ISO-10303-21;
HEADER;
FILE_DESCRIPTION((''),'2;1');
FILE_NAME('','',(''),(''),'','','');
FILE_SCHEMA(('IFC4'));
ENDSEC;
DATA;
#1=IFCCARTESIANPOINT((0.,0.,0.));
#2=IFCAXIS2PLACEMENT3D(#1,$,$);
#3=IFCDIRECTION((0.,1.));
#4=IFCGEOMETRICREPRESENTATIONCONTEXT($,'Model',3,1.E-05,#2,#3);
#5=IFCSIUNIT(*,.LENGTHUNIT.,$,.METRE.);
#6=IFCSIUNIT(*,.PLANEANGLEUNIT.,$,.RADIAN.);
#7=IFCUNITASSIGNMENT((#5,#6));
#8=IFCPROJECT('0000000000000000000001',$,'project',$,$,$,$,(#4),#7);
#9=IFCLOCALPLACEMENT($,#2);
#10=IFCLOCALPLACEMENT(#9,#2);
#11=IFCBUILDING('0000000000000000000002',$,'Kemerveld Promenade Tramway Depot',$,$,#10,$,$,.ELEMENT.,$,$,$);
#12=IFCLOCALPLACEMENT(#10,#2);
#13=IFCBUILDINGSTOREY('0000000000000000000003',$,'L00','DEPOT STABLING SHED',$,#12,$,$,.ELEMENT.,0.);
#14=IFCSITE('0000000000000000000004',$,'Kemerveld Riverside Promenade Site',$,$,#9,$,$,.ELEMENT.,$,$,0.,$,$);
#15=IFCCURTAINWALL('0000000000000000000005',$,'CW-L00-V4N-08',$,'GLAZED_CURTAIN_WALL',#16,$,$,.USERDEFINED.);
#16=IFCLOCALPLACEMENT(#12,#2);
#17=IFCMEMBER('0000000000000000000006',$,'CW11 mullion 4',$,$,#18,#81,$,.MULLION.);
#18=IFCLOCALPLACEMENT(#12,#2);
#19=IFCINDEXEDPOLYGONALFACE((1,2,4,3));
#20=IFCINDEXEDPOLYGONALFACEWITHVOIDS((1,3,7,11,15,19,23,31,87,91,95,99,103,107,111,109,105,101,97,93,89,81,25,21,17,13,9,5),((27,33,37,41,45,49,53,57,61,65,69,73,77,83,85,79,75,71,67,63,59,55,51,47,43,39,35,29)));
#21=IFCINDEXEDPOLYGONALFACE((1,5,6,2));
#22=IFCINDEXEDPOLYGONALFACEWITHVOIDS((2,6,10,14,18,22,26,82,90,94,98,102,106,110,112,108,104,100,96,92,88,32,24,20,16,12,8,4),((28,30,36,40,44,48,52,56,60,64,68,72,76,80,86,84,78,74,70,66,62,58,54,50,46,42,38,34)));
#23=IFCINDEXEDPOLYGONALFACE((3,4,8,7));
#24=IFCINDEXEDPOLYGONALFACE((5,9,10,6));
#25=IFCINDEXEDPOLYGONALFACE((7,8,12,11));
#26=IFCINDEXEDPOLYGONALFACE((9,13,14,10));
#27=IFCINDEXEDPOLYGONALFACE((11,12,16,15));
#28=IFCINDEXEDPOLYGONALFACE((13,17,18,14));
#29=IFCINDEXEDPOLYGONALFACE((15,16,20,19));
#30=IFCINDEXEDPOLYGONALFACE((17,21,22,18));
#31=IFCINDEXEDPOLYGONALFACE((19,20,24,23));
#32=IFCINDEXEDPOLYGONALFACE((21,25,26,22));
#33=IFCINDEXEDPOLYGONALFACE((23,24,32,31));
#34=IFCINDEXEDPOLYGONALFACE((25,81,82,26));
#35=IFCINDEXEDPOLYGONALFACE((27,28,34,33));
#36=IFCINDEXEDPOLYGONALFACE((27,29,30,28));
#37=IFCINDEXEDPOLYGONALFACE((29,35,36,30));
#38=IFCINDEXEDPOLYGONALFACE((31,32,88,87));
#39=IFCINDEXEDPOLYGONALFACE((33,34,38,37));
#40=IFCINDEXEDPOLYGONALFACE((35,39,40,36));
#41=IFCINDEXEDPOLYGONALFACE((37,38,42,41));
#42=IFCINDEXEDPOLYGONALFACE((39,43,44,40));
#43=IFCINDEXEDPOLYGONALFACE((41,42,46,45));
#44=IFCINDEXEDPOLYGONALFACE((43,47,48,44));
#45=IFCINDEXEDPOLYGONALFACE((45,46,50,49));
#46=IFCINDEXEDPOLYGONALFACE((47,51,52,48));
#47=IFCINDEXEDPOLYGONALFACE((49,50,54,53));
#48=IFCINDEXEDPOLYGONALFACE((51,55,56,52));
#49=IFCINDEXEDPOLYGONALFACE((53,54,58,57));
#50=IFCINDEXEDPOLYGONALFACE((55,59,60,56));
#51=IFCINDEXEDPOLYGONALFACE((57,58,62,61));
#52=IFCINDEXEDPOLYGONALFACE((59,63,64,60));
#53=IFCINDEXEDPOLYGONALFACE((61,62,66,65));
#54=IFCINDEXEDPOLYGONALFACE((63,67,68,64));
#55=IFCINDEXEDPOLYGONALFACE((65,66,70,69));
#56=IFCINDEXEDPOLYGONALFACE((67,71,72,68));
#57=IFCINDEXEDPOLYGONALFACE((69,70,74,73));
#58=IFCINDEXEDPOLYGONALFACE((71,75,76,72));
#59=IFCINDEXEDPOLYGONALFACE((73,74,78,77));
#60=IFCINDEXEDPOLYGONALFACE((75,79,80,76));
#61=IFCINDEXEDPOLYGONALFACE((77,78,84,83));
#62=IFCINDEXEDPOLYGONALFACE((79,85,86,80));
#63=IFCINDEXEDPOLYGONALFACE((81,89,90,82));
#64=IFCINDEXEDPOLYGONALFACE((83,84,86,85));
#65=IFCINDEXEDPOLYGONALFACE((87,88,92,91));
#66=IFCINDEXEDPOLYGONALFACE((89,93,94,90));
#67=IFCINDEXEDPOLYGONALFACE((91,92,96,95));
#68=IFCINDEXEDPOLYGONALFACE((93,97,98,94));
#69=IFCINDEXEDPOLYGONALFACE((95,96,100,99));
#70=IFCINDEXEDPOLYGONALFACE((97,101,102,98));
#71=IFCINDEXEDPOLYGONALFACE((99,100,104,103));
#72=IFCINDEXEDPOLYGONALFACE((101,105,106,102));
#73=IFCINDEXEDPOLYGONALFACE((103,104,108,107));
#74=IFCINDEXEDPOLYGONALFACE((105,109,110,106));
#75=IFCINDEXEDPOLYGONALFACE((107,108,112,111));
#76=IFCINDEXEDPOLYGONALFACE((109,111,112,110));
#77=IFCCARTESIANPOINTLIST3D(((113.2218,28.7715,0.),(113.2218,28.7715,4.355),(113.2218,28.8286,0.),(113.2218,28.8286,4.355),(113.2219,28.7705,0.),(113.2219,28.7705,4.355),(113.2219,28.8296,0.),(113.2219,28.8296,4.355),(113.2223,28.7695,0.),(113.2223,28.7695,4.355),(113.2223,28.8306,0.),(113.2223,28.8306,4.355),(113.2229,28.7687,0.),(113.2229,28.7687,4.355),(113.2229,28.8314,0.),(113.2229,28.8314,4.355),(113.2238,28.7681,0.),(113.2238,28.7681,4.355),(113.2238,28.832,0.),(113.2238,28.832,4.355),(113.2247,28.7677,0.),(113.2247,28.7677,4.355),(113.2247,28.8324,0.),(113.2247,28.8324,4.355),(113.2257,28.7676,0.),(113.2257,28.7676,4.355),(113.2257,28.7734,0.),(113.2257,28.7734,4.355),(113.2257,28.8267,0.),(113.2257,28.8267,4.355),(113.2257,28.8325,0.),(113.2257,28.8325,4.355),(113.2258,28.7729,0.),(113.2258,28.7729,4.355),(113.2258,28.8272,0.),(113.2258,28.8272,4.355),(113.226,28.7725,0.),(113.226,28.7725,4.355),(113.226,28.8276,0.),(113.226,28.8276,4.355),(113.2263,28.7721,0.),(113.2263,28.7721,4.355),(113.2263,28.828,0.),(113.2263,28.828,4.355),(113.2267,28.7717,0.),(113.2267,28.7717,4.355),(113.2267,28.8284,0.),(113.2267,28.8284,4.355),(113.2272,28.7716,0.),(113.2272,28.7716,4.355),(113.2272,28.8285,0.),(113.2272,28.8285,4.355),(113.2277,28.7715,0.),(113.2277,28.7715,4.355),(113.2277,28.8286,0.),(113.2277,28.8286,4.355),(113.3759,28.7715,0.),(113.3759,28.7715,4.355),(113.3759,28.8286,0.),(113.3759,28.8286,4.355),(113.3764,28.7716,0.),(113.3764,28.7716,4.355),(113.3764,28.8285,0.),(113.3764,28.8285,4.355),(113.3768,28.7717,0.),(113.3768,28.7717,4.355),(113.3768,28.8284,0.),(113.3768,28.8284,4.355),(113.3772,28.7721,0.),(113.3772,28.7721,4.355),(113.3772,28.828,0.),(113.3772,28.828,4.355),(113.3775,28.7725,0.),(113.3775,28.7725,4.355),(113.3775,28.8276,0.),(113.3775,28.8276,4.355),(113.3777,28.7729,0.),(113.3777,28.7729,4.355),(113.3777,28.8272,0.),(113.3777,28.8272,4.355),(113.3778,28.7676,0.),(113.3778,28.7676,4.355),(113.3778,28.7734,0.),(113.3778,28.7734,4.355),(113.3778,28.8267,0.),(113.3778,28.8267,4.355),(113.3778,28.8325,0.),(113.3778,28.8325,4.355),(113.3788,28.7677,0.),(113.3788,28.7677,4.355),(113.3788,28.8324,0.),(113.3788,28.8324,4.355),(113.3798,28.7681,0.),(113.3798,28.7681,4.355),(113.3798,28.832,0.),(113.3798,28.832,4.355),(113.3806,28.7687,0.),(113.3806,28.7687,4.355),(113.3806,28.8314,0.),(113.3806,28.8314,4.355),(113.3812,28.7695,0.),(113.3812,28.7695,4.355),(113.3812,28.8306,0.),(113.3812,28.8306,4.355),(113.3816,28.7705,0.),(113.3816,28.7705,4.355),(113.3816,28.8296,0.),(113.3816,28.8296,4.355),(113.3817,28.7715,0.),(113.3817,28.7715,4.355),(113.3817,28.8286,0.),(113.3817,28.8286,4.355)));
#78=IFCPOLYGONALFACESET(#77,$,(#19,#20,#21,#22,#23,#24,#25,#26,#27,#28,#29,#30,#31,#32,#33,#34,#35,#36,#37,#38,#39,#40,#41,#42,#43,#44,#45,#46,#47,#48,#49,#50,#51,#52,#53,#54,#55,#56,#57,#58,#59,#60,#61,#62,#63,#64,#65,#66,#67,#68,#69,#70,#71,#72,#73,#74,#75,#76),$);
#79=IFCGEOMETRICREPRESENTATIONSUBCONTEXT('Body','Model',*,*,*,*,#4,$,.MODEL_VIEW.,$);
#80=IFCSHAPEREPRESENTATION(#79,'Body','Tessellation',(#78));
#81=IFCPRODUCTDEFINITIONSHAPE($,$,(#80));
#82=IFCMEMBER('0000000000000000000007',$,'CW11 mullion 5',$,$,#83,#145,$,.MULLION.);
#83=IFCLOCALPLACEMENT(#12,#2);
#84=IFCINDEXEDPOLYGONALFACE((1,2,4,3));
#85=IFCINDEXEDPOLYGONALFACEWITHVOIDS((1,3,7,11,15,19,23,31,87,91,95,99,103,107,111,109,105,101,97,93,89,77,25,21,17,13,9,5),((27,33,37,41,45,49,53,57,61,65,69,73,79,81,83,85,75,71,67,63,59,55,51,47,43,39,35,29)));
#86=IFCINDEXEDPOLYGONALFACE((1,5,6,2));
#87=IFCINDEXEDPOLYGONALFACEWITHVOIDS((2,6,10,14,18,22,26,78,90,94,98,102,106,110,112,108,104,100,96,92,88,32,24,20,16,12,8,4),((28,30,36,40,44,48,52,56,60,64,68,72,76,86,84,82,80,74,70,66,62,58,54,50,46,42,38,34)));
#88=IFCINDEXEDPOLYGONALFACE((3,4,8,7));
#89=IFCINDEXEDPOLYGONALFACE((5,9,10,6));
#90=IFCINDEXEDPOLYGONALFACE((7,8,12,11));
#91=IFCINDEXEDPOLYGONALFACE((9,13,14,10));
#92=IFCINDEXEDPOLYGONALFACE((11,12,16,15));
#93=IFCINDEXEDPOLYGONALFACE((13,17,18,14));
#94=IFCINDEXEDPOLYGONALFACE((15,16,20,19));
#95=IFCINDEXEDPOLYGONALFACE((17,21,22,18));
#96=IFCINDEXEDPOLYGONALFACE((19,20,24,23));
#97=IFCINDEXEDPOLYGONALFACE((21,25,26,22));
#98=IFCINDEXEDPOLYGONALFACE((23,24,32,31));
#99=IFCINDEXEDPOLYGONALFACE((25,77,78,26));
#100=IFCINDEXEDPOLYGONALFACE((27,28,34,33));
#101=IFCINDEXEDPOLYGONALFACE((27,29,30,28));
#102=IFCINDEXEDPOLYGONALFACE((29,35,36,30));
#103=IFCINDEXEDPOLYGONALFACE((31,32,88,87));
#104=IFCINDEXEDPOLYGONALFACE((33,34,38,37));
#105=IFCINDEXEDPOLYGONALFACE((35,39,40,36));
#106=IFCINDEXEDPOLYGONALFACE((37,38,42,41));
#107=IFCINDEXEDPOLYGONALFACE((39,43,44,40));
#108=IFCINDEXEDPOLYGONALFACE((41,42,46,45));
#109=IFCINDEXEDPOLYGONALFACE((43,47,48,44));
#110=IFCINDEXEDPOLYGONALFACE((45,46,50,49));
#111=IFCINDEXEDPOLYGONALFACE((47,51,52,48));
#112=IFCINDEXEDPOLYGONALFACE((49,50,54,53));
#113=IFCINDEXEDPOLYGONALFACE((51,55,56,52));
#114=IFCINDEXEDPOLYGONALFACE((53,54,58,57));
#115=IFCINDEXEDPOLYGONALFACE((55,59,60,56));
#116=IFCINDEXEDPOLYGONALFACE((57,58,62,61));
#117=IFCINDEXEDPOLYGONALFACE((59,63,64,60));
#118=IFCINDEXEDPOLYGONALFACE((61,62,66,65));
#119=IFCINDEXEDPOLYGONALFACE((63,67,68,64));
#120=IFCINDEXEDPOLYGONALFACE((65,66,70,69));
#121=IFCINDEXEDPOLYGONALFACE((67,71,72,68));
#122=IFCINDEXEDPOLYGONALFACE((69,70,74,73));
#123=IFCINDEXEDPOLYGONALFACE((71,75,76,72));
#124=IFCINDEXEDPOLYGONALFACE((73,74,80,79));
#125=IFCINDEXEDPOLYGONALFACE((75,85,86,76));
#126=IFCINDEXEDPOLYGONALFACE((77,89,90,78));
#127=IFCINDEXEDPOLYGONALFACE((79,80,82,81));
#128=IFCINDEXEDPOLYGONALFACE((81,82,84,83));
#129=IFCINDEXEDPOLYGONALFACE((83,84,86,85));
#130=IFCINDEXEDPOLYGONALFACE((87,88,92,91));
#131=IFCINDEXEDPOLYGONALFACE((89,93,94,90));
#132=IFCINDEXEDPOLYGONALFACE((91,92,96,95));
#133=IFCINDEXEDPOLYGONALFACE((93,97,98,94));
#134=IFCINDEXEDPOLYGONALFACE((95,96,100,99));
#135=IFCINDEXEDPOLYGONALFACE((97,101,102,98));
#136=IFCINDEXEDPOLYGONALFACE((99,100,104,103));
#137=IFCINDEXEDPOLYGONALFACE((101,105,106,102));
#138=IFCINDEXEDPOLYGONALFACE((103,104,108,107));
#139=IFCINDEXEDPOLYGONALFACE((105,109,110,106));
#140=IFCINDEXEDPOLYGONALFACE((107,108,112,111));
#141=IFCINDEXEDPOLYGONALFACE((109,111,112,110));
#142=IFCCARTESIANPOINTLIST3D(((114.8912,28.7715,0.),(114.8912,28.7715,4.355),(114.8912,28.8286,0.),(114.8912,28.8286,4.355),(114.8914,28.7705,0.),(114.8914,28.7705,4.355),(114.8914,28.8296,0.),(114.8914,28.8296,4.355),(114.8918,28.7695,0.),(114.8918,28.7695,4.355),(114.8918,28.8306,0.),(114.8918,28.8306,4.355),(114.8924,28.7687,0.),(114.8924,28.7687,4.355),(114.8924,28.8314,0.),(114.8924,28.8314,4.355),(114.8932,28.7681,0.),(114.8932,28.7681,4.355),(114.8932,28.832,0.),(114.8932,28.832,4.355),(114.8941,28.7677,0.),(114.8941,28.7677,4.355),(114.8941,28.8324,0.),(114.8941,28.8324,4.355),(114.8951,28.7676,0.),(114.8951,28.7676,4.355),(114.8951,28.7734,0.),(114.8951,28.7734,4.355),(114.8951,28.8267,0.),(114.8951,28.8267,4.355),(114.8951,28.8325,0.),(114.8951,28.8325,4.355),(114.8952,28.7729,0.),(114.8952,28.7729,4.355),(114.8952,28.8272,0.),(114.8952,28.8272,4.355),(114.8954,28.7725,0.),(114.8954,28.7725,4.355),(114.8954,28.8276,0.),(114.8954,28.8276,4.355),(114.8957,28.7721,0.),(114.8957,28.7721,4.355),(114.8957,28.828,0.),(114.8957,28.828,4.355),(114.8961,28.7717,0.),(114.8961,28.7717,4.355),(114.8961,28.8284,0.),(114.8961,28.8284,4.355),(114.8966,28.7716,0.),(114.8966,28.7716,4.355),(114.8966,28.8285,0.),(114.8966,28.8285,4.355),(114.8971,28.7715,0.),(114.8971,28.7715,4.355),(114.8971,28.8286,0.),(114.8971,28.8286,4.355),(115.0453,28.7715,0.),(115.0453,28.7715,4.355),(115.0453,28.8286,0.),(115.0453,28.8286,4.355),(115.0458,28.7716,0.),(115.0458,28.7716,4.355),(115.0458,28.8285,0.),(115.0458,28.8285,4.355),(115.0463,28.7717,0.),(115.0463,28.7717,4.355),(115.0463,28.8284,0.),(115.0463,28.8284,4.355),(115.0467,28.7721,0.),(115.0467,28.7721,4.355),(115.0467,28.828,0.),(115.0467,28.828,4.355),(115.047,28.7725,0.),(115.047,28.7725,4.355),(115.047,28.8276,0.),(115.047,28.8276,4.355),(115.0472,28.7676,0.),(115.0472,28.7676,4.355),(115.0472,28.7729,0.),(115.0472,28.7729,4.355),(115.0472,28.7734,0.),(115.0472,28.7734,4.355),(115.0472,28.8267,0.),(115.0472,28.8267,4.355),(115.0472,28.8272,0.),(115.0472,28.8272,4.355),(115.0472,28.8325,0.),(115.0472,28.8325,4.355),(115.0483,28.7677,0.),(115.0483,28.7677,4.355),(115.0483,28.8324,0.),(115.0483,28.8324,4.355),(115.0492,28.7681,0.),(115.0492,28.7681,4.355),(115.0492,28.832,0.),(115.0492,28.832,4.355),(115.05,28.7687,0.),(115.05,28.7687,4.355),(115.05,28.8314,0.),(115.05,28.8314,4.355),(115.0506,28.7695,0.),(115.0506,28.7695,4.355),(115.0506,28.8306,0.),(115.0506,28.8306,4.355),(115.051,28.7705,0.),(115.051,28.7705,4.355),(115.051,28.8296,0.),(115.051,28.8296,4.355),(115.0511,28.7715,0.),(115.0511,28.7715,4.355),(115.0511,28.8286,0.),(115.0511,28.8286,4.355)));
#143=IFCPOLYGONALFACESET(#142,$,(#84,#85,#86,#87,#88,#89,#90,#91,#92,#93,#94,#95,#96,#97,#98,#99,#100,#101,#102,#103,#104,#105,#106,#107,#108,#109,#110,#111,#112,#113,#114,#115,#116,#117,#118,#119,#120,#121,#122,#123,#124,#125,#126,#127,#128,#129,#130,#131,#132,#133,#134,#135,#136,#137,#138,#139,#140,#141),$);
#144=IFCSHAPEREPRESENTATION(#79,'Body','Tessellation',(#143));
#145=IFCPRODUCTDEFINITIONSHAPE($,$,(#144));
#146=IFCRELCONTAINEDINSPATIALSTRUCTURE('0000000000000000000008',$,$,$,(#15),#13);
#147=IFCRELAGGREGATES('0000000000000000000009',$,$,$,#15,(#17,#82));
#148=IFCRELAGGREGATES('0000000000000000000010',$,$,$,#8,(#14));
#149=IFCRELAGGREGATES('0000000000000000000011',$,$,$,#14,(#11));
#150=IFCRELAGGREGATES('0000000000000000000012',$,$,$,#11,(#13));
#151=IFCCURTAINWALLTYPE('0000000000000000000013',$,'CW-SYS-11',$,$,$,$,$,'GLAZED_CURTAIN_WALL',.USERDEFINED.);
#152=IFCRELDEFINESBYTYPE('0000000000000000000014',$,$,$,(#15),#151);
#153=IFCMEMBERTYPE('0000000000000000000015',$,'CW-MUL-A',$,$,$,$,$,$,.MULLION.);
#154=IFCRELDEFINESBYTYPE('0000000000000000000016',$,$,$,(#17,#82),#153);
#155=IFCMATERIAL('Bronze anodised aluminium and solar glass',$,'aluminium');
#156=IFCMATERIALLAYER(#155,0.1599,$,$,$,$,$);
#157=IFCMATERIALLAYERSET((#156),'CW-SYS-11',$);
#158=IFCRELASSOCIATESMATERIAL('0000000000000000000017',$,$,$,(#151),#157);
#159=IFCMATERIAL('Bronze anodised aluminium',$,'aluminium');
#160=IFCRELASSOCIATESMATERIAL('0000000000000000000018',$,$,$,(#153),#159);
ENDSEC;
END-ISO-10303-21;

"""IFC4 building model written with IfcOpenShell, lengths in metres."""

from ifc_helpers import new_model, si_unit, direction, frame, origin, origin_2d, place, context, subcontext, project, spatial, hollow_rectangle, extrude, material, layer, layer_set, material_profile, profile_set, type_object, element, aggregate, save


model = new_model("IFC4")

# Units and contexts
model_context = context("Model", 3, precision=1e-05, world=origin(), true_north=direction((0.0, 1.0)))
body_context = subcontext(model_context, "Body", "Model", "MODEL_VIEW")
ifc_project = project(units=[si_unit("LENGTHUNIT", "METRE"), si_unit("PLANEANGLEUNIT", "RADIAN")], contexts=[model_context])

# Site, building, storey
site_placement = place(None, origin())
site = spatial("IfcSite", under=ifc_project, at=site_placement, Name="Kemerveld Riverside Promenade Site", CompositionType="ELEMENT", RefElevation=0.0)
building_placement = place(site_placement, origin())
building = spatial("IfcBuilding", under=site, at=building_placement, Name="Kemerveld Promenade Tramway Depot", CompositionType="ELEMENT")
storey_placement = place(building_placement, origin())
storey = spatial("IfcBuildingStorey", under=building, at=storey_placement, Name="L00", Description="DEPOT STABLING SHED", CompositionType="ELEMENT", Elevation=0.0)

# Curtain wall, members
ifc_material_1 = material(Name="Bronze anodised aluminium and solar glass", Category="aluminium")
ifc_layer_1 = layer(ifc_material_1, 0.1599)
ifc_layer_set_1 = layer_set([ifc_layer_1], Name="CW-SYS-11")
curtain_wall_type = type_object("IfcCurtainWallType", Name="CW-SYS-11", ElementType="GLAZED_CURTAIN_WALL", PredefinedType="USERDEFINED", material=ifc_layer_set_1)
curtain_wall_placement = place(storey_placement, origin())
curtain_wall = element("IfcCurtainWall", 1, at=curtain_wall_placement, inside=storey, type_object=curtain_wall_type, Name="CW-L00-V4N-08", ObjectType="GLAZED_CURTAIN_WALL", PredefinedType="USERDEFINED")
ifc_material_2 = material(Name="Bronze anodised aluminium", Category="aluminium")
ifc_material_profile_1 = material_profile(ifc_material_2, hollow_rectangle(XDim=0.0649, YDim=0.1599, WallThickness=0.0039, InnerFilletRadius=0.002, OuterFilletRadius=0.0039, at=origin_2d()), Name="CW-MUL-160x65")
ifc_profile_set_1 = profile_set([ifc_material_profile_1], Name="Bronze anodised aluminium")
member_type_1 = type_object("IfcMemberType", Name="CW-MUL-A", PredefinedType="MULLION", material=ifc_profile_set_1)
member_1_placement = place(storey_placement, frame((113.3018, 28.8, 0.0), z_axis=(0.0, 0.0, 1.0), x_axis=(0.0, 1.0, 0.0)))
member_1 = element("IfcMember", 2, at=member_1_placement, type_object=member_type_1, Name="CW11 mullion 4", PredefinedType="MULLION", context=body_context, shape_type="SweptSolid", body=[
    extrude(hollow_rectangle(XDim=0.0649, YDim=0.1599, WallThickness=0.0039, InnerFilletRadius=0.002, OuterFilletRadius=0.0039, at=origin_2d()), origin(), (0.0, 0.0, 1.0), 4.355),
])
member_2_placement = place(storey_placement, frame((114.9712, 28.8, 0.0), z_axis=(0.0, 0.0, 1.0), x_axis=(0.0, 1.0, 0.0)))
member_2 = element("IfcMember", 3, at=member_2_placement, type_object=member_type_1, Name="CW11 mullion 5", PredefinedType="MULLION", context=body_context, shape_type="SweptSolid", body=[
    extrude(hollow_rectangle(XDim=0.0649, YDim=0.1599, WallThickness=0.0039, InnerFilletRadius=0.002, OuterFilletRadius=0.0039, at=origin_2d()), origin(), (0.0, 0.0, 1.0), 4.355),
])
aggregate(curtain_wall, [member_1, member_2])

save(model, "model.ifc")
